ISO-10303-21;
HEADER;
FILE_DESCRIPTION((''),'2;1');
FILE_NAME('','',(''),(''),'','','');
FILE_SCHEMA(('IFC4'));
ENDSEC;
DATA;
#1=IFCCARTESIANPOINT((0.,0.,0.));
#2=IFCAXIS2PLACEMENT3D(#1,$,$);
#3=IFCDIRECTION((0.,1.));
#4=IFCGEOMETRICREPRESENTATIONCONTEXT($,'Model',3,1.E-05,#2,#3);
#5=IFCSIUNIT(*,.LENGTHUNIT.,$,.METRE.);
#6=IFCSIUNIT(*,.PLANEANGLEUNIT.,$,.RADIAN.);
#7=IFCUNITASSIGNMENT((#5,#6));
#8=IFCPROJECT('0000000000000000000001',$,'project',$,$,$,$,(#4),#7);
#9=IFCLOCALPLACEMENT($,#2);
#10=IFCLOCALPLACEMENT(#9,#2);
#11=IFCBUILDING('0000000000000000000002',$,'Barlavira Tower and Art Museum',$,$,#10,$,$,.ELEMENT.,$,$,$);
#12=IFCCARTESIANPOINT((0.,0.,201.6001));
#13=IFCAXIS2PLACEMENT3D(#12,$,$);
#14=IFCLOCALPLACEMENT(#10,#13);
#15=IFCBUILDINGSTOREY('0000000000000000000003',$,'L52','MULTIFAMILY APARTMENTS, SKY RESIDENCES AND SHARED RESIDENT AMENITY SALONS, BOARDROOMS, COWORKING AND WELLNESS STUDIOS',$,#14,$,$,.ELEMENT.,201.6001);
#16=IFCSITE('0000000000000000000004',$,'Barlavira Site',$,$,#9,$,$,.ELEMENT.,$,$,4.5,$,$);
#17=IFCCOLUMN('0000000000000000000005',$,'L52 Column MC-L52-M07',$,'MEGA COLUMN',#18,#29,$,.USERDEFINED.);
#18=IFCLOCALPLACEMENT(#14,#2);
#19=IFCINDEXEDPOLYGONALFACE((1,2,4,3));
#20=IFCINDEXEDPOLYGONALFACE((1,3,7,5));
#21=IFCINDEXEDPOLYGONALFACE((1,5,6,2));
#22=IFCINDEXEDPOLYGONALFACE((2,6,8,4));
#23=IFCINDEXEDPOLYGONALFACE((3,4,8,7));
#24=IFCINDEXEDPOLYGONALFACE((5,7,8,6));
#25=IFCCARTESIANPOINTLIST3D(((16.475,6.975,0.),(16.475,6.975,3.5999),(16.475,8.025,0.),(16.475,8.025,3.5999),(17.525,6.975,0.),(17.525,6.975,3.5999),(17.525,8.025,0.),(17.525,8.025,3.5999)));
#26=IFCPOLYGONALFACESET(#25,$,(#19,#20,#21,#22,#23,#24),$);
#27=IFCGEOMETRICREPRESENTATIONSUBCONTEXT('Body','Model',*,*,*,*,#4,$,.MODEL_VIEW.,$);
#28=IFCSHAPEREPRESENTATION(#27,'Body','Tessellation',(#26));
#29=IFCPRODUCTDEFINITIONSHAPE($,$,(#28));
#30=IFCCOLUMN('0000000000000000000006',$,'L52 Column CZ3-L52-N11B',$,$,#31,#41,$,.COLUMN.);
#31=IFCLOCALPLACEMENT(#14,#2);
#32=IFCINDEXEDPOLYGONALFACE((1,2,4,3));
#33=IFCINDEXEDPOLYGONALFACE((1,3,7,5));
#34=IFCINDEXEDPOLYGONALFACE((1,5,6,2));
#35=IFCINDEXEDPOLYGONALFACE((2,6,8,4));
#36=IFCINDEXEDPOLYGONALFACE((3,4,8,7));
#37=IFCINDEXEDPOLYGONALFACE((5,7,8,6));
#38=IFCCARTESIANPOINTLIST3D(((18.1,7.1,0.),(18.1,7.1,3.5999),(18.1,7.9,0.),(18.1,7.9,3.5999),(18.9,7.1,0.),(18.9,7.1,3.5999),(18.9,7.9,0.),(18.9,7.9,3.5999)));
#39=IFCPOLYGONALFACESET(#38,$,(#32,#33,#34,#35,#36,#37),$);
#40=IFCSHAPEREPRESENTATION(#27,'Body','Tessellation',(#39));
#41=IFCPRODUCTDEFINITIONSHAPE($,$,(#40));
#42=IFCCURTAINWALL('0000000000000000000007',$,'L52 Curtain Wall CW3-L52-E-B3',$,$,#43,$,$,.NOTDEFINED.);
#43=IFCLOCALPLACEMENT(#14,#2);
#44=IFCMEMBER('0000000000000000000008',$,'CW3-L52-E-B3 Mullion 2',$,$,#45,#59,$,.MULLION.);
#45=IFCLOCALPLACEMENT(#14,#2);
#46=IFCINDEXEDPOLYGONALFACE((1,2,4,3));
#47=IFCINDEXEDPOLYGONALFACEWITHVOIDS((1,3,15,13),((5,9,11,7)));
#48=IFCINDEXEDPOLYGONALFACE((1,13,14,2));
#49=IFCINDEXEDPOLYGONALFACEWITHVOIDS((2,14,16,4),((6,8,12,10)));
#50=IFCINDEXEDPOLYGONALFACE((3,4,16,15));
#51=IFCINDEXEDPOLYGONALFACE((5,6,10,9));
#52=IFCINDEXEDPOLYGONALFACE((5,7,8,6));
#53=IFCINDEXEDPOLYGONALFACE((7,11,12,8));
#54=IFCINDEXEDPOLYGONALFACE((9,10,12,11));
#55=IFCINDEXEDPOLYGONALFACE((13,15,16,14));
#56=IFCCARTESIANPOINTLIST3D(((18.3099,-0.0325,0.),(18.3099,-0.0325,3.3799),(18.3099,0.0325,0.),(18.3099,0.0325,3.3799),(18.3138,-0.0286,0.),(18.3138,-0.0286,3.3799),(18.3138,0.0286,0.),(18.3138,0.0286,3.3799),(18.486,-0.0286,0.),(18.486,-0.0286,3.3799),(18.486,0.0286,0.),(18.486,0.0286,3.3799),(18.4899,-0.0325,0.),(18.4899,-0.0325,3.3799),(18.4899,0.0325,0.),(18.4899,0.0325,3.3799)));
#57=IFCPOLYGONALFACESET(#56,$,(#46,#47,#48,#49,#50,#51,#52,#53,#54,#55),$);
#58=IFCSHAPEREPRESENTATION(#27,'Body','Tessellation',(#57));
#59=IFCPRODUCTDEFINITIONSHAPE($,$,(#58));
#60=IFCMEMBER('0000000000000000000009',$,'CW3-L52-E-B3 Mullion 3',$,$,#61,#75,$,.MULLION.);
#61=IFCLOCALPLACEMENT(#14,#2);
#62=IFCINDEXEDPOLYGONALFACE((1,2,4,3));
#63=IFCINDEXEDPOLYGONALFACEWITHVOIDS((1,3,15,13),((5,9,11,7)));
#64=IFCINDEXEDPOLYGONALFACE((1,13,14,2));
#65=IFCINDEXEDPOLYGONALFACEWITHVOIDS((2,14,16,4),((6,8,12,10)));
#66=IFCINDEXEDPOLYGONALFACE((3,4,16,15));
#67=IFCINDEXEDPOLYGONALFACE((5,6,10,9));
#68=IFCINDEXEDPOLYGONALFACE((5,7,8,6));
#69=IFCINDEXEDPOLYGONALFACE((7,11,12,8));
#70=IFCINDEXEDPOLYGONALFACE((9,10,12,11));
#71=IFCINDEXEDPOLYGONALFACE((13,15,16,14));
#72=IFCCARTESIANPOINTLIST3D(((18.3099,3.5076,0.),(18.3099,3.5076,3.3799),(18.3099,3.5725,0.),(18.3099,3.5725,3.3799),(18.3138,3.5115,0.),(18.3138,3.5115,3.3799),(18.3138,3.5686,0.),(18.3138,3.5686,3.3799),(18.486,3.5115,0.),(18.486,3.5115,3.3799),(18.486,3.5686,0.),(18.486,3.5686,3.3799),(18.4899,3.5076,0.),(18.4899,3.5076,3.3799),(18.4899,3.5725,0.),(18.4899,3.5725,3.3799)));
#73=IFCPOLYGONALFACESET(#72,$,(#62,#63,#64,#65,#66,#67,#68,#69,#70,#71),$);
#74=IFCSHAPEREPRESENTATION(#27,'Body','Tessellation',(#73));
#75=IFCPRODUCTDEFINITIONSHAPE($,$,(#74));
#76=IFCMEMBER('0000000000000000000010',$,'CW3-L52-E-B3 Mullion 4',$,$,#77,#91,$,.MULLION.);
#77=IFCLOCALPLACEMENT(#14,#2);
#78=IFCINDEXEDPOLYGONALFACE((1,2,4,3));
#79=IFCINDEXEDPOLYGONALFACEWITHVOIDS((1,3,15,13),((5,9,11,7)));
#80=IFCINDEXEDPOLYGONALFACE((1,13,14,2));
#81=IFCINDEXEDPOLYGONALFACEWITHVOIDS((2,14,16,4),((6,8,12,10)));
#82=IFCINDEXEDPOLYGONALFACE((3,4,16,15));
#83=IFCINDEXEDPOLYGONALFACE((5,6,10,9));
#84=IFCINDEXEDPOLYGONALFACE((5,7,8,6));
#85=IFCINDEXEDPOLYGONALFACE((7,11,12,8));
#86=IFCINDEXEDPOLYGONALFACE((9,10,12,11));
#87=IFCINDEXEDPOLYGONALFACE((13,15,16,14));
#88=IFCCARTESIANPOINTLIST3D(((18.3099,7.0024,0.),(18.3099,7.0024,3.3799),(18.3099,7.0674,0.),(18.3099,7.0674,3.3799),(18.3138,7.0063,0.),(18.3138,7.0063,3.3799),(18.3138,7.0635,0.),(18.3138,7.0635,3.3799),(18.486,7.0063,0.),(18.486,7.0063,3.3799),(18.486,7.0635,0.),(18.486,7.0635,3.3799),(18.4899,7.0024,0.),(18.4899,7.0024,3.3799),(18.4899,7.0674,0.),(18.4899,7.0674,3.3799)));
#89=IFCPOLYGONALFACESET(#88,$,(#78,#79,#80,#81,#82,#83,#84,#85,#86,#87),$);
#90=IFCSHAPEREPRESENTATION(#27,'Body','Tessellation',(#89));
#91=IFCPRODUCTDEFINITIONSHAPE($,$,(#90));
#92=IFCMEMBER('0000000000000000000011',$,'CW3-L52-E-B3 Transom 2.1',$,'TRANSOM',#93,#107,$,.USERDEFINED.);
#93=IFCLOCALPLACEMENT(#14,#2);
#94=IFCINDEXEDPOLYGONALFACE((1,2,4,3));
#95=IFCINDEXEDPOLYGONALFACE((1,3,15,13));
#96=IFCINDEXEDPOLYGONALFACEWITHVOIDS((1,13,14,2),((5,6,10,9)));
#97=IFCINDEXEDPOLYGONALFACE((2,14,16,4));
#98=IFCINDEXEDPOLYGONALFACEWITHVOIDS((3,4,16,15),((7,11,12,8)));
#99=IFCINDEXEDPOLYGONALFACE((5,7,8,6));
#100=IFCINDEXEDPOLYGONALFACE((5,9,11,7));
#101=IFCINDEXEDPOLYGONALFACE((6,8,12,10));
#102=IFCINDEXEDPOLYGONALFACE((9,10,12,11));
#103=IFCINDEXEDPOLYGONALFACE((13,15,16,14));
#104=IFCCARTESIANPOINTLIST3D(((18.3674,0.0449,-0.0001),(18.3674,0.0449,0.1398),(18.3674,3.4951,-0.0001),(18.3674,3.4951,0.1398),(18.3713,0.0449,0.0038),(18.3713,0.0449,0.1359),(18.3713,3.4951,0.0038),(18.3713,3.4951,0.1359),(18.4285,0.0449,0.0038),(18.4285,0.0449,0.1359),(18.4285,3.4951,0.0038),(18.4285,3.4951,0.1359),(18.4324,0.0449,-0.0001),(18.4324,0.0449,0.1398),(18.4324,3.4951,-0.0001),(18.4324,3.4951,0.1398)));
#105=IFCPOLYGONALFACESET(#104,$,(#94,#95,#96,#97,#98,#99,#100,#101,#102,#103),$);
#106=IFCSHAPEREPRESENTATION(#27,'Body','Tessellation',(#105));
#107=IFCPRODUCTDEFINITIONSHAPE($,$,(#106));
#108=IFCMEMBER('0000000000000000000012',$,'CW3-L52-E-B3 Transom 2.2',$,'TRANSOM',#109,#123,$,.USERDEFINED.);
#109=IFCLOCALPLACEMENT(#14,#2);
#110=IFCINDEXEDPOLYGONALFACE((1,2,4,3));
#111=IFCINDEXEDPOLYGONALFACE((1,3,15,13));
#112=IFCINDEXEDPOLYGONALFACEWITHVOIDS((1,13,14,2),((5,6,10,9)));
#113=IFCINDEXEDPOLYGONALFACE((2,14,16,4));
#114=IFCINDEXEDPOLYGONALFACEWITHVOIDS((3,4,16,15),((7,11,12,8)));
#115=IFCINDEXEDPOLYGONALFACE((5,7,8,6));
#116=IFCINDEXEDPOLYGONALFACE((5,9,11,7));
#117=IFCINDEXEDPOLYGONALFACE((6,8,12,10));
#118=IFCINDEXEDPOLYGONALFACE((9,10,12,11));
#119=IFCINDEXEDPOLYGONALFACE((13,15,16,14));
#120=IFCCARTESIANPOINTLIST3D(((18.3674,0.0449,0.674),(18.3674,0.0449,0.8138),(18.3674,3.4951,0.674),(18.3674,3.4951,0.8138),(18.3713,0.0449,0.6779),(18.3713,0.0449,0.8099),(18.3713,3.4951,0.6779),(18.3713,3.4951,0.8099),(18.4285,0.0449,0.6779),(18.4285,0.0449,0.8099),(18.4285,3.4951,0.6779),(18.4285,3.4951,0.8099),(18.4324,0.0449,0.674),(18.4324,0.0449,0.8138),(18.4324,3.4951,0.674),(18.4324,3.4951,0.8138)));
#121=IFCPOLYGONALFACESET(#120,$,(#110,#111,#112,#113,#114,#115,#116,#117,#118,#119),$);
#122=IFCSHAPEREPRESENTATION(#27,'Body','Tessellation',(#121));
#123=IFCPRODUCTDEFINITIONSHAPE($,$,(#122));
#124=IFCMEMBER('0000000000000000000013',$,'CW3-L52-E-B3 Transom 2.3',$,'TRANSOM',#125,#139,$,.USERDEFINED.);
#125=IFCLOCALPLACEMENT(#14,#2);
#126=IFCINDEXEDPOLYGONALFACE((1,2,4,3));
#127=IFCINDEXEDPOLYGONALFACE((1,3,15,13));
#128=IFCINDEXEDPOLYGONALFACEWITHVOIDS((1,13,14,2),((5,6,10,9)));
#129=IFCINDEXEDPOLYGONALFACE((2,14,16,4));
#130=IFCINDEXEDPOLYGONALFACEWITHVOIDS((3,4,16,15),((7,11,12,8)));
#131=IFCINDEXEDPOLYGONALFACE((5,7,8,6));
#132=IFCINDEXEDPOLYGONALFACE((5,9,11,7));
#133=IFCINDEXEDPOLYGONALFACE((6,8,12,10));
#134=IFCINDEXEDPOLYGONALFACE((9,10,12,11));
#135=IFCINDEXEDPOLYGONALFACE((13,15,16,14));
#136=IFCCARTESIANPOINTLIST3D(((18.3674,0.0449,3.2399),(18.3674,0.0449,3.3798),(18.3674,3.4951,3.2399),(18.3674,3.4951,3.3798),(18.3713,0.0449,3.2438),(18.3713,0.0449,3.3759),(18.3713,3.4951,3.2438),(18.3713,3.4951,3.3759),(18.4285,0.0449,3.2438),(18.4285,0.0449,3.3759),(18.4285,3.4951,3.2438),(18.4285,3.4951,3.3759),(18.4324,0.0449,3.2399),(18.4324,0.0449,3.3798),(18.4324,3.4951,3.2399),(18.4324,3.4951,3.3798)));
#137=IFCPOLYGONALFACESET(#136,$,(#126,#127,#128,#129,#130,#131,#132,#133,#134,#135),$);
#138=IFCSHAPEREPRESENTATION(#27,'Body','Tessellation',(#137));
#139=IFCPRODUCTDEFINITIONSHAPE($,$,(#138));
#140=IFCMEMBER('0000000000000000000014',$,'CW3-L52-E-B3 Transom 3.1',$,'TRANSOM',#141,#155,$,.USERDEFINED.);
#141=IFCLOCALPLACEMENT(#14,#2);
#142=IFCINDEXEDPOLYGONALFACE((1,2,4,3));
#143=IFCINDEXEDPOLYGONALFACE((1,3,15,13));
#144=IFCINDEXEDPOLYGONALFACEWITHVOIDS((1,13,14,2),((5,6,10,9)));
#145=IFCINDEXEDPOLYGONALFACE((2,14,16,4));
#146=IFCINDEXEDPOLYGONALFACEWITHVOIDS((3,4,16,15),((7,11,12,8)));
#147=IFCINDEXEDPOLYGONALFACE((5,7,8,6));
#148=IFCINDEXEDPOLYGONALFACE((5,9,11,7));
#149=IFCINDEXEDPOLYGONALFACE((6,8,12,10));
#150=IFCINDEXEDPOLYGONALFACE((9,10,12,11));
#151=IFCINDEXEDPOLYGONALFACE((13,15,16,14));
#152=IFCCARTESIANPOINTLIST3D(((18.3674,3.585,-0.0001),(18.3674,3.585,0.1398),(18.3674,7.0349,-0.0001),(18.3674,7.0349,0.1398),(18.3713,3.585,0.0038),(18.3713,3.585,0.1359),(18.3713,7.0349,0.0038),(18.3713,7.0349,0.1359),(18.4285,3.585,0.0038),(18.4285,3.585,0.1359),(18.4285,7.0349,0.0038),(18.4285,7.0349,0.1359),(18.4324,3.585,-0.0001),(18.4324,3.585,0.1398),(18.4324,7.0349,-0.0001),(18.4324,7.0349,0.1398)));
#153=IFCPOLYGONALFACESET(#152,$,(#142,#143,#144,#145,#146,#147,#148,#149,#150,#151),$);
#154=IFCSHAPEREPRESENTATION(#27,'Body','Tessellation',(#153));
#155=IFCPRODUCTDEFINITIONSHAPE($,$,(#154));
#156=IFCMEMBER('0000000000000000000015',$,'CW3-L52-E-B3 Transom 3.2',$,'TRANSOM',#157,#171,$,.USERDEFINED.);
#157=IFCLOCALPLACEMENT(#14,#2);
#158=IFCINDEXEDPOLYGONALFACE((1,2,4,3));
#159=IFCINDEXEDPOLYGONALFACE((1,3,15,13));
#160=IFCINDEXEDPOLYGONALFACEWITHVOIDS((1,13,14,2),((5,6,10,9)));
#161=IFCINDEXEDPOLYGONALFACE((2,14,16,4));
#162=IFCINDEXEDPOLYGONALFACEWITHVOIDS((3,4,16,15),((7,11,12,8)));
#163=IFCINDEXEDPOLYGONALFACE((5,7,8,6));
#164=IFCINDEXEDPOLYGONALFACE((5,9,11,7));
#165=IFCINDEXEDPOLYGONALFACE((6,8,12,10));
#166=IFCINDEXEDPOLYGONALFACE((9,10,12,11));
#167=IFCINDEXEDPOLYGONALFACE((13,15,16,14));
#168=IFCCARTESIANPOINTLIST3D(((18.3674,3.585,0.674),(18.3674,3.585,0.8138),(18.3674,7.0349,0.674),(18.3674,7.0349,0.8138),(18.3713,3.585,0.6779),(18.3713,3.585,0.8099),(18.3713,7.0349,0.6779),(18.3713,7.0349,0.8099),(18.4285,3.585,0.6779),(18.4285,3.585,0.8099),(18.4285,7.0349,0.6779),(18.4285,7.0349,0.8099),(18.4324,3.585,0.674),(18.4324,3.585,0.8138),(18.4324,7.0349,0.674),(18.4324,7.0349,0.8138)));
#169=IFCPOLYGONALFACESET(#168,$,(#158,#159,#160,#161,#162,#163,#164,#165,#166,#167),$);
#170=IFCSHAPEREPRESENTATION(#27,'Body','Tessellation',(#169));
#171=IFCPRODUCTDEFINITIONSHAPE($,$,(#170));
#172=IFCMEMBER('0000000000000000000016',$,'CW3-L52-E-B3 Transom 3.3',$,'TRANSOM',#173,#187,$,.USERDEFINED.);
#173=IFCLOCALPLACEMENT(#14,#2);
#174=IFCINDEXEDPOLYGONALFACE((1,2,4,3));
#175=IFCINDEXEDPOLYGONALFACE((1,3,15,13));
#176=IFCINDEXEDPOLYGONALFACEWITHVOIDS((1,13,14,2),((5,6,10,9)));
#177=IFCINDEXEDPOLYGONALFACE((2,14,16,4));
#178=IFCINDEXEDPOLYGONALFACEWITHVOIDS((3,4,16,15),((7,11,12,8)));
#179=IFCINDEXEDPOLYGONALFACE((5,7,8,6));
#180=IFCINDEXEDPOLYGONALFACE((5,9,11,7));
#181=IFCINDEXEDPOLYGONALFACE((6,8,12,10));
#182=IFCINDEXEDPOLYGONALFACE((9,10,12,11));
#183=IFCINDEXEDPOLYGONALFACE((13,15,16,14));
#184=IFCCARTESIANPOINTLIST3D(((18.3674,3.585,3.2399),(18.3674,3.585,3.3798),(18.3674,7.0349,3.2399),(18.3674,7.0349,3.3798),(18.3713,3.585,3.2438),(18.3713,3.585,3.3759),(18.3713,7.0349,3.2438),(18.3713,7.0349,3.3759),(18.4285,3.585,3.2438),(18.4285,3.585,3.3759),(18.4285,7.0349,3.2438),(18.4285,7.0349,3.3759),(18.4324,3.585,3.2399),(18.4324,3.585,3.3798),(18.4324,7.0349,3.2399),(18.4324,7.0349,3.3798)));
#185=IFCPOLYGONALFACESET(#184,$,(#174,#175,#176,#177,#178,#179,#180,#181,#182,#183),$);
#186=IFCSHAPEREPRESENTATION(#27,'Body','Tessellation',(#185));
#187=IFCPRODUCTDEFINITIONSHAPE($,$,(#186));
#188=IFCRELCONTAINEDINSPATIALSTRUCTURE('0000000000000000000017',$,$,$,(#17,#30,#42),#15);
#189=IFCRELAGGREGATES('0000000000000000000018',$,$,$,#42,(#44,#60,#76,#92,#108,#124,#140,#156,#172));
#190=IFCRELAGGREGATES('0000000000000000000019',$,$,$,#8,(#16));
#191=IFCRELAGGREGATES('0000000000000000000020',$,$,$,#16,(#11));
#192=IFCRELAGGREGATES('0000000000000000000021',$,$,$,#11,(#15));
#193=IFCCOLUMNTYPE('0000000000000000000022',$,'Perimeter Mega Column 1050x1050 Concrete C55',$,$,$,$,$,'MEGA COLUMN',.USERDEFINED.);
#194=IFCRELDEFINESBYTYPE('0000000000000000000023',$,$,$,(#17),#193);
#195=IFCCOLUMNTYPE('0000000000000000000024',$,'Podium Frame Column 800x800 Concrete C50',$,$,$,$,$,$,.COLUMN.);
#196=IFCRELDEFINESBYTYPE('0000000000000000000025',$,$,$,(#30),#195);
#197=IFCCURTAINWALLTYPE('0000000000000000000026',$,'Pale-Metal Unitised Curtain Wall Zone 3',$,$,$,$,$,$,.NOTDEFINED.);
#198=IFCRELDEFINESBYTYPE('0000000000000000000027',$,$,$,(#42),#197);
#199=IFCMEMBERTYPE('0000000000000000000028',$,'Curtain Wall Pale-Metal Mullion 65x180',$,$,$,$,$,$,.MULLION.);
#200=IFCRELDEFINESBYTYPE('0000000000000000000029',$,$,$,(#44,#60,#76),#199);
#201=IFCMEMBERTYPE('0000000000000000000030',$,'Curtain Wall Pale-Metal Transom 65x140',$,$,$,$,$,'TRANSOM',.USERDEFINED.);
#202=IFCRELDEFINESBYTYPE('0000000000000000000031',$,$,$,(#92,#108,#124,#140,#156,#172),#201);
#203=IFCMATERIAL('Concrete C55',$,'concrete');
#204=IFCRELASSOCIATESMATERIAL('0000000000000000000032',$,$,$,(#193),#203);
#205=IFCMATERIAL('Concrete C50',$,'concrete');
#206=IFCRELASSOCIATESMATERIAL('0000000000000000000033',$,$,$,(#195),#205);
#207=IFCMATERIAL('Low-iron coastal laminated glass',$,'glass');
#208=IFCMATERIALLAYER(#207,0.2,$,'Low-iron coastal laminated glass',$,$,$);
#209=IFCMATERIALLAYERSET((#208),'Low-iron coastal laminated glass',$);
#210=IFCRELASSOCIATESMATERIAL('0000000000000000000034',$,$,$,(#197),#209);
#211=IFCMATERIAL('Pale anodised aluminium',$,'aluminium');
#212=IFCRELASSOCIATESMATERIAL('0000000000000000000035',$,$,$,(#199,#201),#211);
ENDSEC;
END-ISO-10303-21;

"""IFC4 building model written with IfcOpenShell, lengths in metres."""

from ifc_helpers import new_model, si_unit, direction, frame, origin, origin_2d, place, context, subcontext, project, spatial, rectangle, hollow_rectangle, extrude, material, layer, layer_set, material_profile, profile_set, type_object, element, aggregate, save


model = new_model("IFC4")

# Units and contexts
model_context = context("Model", 3, precision=1e-05, world=origin(), true_north=direction((0.0, 1.0)))
body_context = subcontext(model_context, "Body", "Model", "MODEL_VIEW")
ifc_project = project(units=[si_unit("LENGTHUNIT", "METRE"), si_unit("PLANEANGLEUNIT", "RADIAN")], contexts=[model_context])

# Site, building, storey
site_placement = place(None, origin())
site = spatial("IfcSite", under=ifc_project, at=site_placement, Name="Barlavira Site", CompositionType="ELEMENT", RefElevation=4.5)
building_placement = place(site_placement, origin())
building = spatial("IfcBuilding", under=site, at=building_placement, Name="Barlavira Tower and Art Museum", CompositionType="ELEMENT")
storey_placement = place(building_placement, frame((0.0, 0.0, 201.6001)))
storey = spatial("IfcBuildingStorey", under=building, at=storey_placement, Name="L52", Description="MULTIFAMILY APARTMENTS, SKY RESIDENCES AND SHARED RESIDENT AMENITY SALONS, BOARDROOMS, COWORKING AND WELLNESS STUDIOS", CompositionType="ELEMENT", Elevation=201.6001)

# Columns
ifc_material_1 = material(Name="Concrete C55", Category="concrete")
ifc_material_profile_1 = material_profile(ifc_material_1, rectangle(XDim=1.05, YDim=1.05, at=origin_2d()), Name="RC-COL 1050x1050")
ifc_profile_set_1 = profile_set([ifc_material_profile_1], Name="Concrete C55")
column_type_1 = type_object("IfcColumnType", Name="Perimeter Mega Column 1050x1050 Concrete C55", ElementType="MEGA COLUMN", PredefinedType="USERDEFINED", material=ifc_profile_set_1)
column_1_placement = place(storey_placement, frame((17.0, 7.5, 0.0), z_axis=(0.0, 0.0, 1.0), x_axis=(1.0, 0.0, 0.0)))
element("IfcColumn", 1, at=column_1_placement, inside=storey, type_object=column_type_1, Name="L52 Column MC-L52-M07", ObjectType="MEGA COLUMN", PredefinedType="USERDEFINED", context=body_context, shape_type="SweptSolid", body=[
    extrude(rectangle(XDim=1.05, YDim=1.05, at=origin_2d()), origin(), (0.0, 0.0, 1.0), 3.5999),
])
ifc_material_2 = material(Name="Concrete C50", Category="concrete")
ifc_material_profile_2 = material_profile(ifc_material_2, rectangle(XDim=0.8, YDim=0.8, at=origin_2d()), Name="RC-COL 800x800")
ifc_profile_set_2 = profile_set([ifc_material_profile_2], Name="Concrete C50")
column_type_2 = type_object("IfcColumnType", Name="Podium Frame Column 800x800 Concrete C50", PredefinedType="COLUMN", material=ifc_profile_set_2)
column_2_placement = place(storey_placement, frame((18.5, 7.5, 0.0), z_axis=(0.0, 0.0, 1.0), x_axis=(1.0, 0.0, 0.0)))
element("IfcColumn", 2, at=column_2_placement, inside=storey, type_object=column_type_2, Name="L52 Column CZ3-L52-N11B", PredefinedType="COLUMN", context=body_context, shape_type="SweptSolid", body=[
    extrude(rectangle(XDim=0.8, YDim=0.8, at=origin_2d()), origin(), (0.0, 0.0, 1.0), 3.5999),
])

# Curtain wall, members
ifc_material_3 = material(Name="Low-iron coastal laminated glass", Category="glass")
ifc_layer_1 = layer(ifc_material_3, 0.2, Name="Low-iron coastal laminated glass")
ifc_layer_set_1 = layer_set([ifc_layer_1], Name="Low-iron coastal laminated glass")
curtain_wall_type = type_object("IfcCurtainWallType", Name="Pale-Metal Unitised Curtain Wall Zone 3", PredefinedType="NOTDEFINED", material=ifc_layer_set_1)
curtain_wall_placement = place(storey_placement, origin())
curtain_wall = element("IfcCurtainWall", 3, at=curtain_wall_placement, inside=storey, type_object=curtain_wall_type, Name="L52 Curtain Wall CW3-L52-E-B3", PredefinedType="NOTDEFINED")
ifc_material_4 = material(Name="Pale anodised aluminium", Category="aluminium")
ifc_material_profile_3 = material_profile(ifc_material_4, hollow_rectangle(XDim=0.0649, YDim=0.1799, WallThickness=0.0039, at=origin_2d()), Name="ALU-MULL 65x180x4")
ifc_profile_set_3 = profile_set([ifc_material_profile_3], Name="Pale anodised aluminium")
member_type_1 = type_object("IfcMemberType", Name="Curtain Wall Pale-Metal Mullion 65x180", PredefinedType="MULLION", material=ifc_profile_set_3)
member_1_placement = place(storey_placement, frame((18.3999, 0.0, 0.0), z_axis=(0.0, 0.0, 1.0), x_axis=(0.0, 1.0, 0.0)))
member_1 = element("IfcMember", 4, at=member_1_placement, type_object=member_type_1, Name="CW3-L52-E-B3 Mullion 2", PredefinedType="MULLION", context=body_context, shape_type="SweptSolid", body=[
    extrude(hollow_rectangle(XDim=0.0649, YDim=0.1799, WallThickness=0.0039, at=origin_2d()), origin(), (0.0, 0.0, 1.0), 3.3799),
])
member_2_placement = place(storey_placement, frame((18.3999, 3.54, 0.0), z_axis=(0.0, 0.0, 1.0), x_axis=(0.0, 1.0, 0.0)))
member_2 = element("IfcMember", 5, at=member_2_placement, type_object=member_type_1, Name="CW3-L52-E-B3 Mullion 3", PredefinedType="MULLION", context=body_context, shape_type="SweptSolid", body=[
    extrude(hollow_rectangle(XDim=0.0649, YDim=0.1799, WallThickness=0.0039, at=origin_2d()), origin(), (0.0, 0.0, 1.0), 3.3799),
])
member_3_placement = place(storey_placement, frame((18.3999, 7.0349, 0.0), z_axis=(0.0, 0.0, 1.0), x_axis=(0.0, 1.0, 0.0)))
member_3 = element("IfcMember", 6, at=member_3_placement, type_object=member_type_1, Name="CW3-L52-E-B3 Mullion 4", PredefinedType="MULLION", context=body_context, shape_type="SweptSolid", body=[
    extrude(hollow_rectangle(XDim=0.0649, YDim=0.1799, WallThickness=0.0039, at=origin_2d()), origin(), (0.0, 0.0, 1.0), 3.3799),
])
ifc_material_profile_4 = material_profile(ifc_material_4, hollow_rectangle(XDim=0.0649, YDim=0.1399, WallThickness=0.0039, at=origin_2d()), Name="ALU-TRAN 65x140x4")
ifc_profile_set_4 = profile_set([ifc_material_profile_4], Name="Pale anodised aluminium")
member_type_2 = type_object("IfcMemberType", Name="Curtain Wall Pale-Metal Transom 65x140", ElementType="TRANSOM", PredefinedType="USERDEFINED", material=ifc_profile_set_4)
member_4_placement = place(storey_placement, frame((18.3999, 0.0449, 0.0698), z_axis=(0.0, 1.0, 0.0), x_axis=(-1.0, 0.0, 0.0)))
member_4 = element("IfcMember", 7, at=member_4_placement, type_object=member_type_2, Name="CW3-L52-E-B3 Transom 2.1", ObjectType="TRANSOM", PredefinedType="USERDEFINED", context=body_context, shape_type="SweptSolid", body=[
    extrude(hollow_rectangle(XDim=0.0649, YDim=0.1399, WallThickness=0.0039, at=origin_2d()), origin(), (0.0, 0.0, 1.0), 3.4502),
])
member_5_placement = place(storey_placement, frame((18.3999, 0.0449, 0.7439), z_axis=(0.0, 1.0, 0.0), x_axis=(-1.0, 0.0, 0.0)))
member_5 = element("IfcMember", 8, at=member_5_placement, type_object=member_type_2, Name="CW3-L52-E-B3 Transom 2.2", ObjectType="TRANSOM", PredefinedType="USERDEFINED", context=body_context, shape_type="SweptSolid", body=[
    extrude(hollow_rectangle(XDim=0.0649, YDim=0.1399, WallThickness=0.0039, at=origin_2d()), origin(), (0.0, 0.0, 1.0), 3.4502),
])
member_6_placement = place(storey_placement, frame((18.3999, 0.0449, 3.3098), z_axis=(0.0, 1.0, 0.0), x_axis=(-1.0, 0.0, 0.0)))
member_6 = element("IfcMember", 9, at=member_6_placement, type_object=member_type_2, Name="CW3-L52-E-B3 Transom 2.3", ObjectType="TRANSOM", PredefinedType="USERDEFINED", context=body_context, shape_type="SweptSolid", body=[
    extrude(hollow_rectangle(XDim=0.0649, YDim=0.1399, WallThickness=0.0039, at=origin_2d()), origin(), (0.0, 0.0, 1.0), 3.4502),
])
member_7_placement = place(storey_placement, frame((18.3999, 3.585, 0.0698), z_axis=(0.0, 1.0, 0.0), x_axis=(-1.0, 0.0, 0.0)))
member_7 = element("IfcMember", 10, at=member_7_placement, type_object=member_type_2, Name="CW3-L52-E-B3 Transom 3.1", ObjectType="TRANSOM", PredefinedType="USERDEFINED", context=body_context, shape_type="SweptSolid", body=[
    extrude(hollow_rectangle(XDim=0.0649, YDim=0.1399, WallThickness=0.0039, at=origin_2d()), origin(), (0.0, 0.0, 1.0), 3.45),
])
member_8_placement = place(storey_placement, frame((18.3999, 3.585, 0.7439), z_axis=(0.0, 1.0, 0.0), x_axis=(-1.0, 0.0, 0.0)))
member_8 = element("IfcMember", 11, at=member_8_placement, type_object=member_type_2, Name="CW3-L52-E-B3 Transom 3.2", ObjectType="TRANSOM", PredefinedType="USERDEFINED", context=body_context, shape_type="SweptSolid", body=[
    extrude(hollow_rectangle(XDim=0.0649, YDim=0.1399, WallThickness=0.0039, at=origin_2d()), origin(), (0.0, 0.0, 1.0), 3.45),
])
member_9_placement = place(storey_placement, frame((18.3999, 3.585, 3.3098), z_axis=(0.0, 1.0, 0.0), x_axis=(-1.0, 0.0, 0.0)))
member_9 = element("IfcMember", 12, at=member_9_placement, type_object=member_type_2, Name="CW3-L52-E-B3 Transom 3.3", ObjectType="TRANSOM", PredefinedType="USERDEFINED", context=body_context, shape_type="SweptSolid", body=[
    extrude(hollow_rectangle(XDim=0.0649, YDim=0.1399, WallThickness=0.0039, at=origin_2d()), origin(), (0.0, 0.0, 1.0), 3.45),
])

aggregate(curtain_wall, [member_1, member_2, member_3, member_4, member_5, member_6, member_7, member_8, member_9])

save(model, "model.ifc")
